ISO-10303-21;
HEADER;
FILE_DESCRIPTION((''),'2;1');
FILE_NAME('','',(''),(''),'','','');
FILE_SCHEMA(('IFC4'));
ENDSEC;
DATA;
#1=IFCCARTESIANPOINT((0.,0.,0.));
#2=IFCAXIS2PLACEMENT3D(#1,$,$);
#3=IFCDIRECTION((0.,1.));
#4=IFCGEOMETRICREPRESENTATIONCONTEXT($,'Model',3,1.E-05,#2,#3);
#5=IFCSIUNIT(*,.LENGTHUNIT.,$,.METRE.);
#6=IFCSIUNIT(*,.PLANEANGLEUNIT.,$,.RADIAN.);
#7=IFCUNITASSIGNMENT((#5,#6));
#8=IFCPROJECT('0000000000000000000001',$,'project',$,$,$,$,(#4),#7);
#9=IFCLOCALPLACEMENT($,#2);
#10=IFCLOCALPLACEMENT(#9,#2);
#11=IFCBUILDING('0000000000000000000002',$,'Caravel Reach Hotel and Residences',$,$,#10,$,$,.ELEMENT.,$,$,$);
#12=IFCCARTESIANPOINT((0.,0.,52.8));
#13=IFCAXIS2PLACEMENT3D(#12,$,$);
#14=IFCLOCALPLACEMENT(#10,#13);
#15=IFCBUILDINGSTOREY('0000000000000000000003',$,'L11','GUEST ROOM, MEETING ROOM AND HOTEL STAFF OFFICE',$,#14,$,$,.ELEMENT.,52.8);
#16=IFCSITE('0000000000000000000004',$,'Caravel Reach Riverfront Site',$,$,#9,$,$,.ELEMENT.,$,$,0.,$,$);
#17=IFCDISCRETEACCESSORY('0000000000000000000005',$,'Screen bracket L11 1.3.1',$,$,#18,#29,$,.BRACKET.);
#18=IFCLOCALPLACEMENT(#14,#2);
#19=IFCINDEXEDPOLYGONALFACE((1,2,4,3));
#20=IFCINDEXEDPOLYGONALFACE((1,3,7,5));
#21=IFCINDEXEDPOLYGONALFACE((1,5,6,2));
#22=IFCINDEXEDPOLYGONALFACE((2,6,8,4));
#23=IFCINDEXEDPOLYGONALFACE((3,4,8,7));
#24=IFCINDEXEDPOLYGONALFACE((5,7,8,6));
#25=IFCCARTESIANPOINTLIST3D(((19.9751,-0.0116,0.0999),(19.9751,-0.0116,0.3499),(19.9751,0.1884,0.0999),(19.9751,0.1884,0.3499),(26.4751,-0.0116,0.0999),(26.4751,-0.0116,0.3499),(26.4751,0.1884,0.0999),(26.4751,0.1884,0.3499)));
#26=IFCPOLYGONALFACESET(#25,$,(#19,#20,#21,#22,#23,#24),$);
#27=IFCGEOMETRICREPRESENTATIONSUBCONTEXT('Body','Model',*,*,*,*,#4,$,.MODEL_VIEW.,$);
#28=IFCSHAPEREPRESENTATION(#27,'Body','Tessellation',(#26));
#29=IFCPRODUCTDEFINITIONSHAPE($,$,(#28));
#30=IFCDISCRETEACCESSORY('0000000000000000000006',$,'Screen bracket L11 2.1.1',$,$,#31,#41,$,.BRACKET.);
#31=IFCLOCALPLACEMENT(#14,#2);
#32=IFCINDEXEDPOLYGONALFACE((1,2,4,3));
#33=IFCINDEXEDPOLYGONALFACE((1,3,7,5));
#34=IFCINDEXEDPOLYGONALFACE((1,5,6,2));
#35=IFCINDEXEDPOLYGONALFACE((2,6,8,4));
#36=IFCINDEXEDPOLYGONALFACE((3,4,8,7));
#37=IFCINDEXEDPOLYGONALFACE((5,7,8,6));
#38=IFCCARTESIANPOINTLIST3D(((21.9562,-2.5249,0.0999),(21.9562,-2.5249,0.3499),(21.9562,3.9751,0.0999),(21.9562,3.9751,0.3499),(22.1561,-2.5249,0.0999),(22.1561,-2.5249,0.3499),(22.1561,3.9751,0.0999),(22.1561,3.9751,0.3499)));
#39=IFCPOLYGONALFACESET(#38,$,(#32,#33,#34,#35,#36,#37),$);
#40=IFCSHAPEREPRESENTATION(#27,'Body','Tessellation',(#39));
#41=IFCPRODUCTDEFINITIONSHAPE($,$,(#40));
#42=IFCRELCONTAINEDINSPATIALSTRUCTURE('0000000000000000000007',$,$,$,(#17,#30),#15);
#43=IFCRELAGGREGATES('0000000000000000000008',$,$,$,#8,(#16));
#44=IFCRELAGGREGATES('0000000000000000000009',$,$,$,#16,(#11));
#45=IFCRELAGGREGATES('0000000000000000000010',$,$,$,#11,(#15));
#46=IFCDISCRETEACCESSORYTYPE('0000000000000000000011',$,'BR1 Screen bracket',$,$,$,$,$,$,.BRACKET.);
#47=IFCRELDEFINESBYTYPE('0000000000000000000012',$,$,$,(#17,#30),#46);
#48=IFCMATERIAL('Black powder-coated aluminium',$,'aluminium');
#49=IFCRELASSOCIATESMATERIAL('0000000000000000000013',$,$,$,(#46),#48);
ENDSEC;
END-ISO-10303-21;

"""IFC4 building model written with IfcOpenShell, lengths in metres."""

from ifc_helpers import new_model, si_unit, direction, frame, origin, origin_2d, place, context, subcontext, project, spatial, rectangle, extrude, material, type_object, element, save


model = new_model("IFC4")

# Units and contexts
model_context = context("Model", 3, precision=1e-05, world=origin(), true_north=direction((0.0, 1.0)))
body_context = subcontext(model_context, "Body", "Model", "MODEL_VIEW")
ifc_project = project(units=[si_unit("LENGTHUNIT", "METRE"), si_unit("PLANEANGLEUNIT", "RADIAN")], contexts=[model_context])

# Site, building, storey
site_placement = place(None, origin())
site = spatial("IfcSite", under=ifc_project, at=site_placement, Name="Caravel Reach Riverfront Site", CompositionType="ELEMENT", RefElevation=0.0)
building_placement = place(site_placement, origin())
building = spatial("IfcBuilding", under=site, at=building_placement, Name="Caravel Reach Hotel and Residences", CompositionType="ELEMENT")
storey_placement = place(building_placement, frame((0.0, 0.0, 52.8)))
storey = spatial("IfcBuildingStorey", under=building, at=storey_placement, Name="L11", Description="GUEST ROOM, MEETING ROOM AND HOTEL STAFF OFFICE", CompositionType="ELEMENT", Elevation=52.8)

# Discrete accessories
ifc_material_1 = material(Name="Black powder-coated aluminium", Category="aluminium")
discrete_accessory_type = type_object("IfcDiscreteAccessoryType", Name="BR1 Screen bracket", PredefinedType="BRACKET", material=ifc_material_1)
for number, where, z_axis, x_axis, name in (
    (1, (23.2251, 0.0884, 0.0999), (0.0, 0.0, 1.0), (-1.0, 0.0, 0.0), "Screen bracket L11 1.3.1"),
    (2, (22.0562, 0.7251, 0.0999), (0.0, 0.0, 1.0), (0.0, -1.0, 0.0), "Screen bracket L11 2.1.1"),
):
    element("IfcDiscreteAccessory", number, at=place(storey_placement, frame(where, z_axis=z_axis, x_axis=x_axis)), inside=storey, type_object=discrete_accessory_type, Name=name, PredefinedType="BRACKET", context=body_context, shape_type="SweptSolid", body=[
        extrude(rectangle(XDim=6.5, YDim=0.2, at=origin_2d()), origin(), (0.0, 0.0, 1.0), 0.25),
    ])

save(model, "model.ifc")
